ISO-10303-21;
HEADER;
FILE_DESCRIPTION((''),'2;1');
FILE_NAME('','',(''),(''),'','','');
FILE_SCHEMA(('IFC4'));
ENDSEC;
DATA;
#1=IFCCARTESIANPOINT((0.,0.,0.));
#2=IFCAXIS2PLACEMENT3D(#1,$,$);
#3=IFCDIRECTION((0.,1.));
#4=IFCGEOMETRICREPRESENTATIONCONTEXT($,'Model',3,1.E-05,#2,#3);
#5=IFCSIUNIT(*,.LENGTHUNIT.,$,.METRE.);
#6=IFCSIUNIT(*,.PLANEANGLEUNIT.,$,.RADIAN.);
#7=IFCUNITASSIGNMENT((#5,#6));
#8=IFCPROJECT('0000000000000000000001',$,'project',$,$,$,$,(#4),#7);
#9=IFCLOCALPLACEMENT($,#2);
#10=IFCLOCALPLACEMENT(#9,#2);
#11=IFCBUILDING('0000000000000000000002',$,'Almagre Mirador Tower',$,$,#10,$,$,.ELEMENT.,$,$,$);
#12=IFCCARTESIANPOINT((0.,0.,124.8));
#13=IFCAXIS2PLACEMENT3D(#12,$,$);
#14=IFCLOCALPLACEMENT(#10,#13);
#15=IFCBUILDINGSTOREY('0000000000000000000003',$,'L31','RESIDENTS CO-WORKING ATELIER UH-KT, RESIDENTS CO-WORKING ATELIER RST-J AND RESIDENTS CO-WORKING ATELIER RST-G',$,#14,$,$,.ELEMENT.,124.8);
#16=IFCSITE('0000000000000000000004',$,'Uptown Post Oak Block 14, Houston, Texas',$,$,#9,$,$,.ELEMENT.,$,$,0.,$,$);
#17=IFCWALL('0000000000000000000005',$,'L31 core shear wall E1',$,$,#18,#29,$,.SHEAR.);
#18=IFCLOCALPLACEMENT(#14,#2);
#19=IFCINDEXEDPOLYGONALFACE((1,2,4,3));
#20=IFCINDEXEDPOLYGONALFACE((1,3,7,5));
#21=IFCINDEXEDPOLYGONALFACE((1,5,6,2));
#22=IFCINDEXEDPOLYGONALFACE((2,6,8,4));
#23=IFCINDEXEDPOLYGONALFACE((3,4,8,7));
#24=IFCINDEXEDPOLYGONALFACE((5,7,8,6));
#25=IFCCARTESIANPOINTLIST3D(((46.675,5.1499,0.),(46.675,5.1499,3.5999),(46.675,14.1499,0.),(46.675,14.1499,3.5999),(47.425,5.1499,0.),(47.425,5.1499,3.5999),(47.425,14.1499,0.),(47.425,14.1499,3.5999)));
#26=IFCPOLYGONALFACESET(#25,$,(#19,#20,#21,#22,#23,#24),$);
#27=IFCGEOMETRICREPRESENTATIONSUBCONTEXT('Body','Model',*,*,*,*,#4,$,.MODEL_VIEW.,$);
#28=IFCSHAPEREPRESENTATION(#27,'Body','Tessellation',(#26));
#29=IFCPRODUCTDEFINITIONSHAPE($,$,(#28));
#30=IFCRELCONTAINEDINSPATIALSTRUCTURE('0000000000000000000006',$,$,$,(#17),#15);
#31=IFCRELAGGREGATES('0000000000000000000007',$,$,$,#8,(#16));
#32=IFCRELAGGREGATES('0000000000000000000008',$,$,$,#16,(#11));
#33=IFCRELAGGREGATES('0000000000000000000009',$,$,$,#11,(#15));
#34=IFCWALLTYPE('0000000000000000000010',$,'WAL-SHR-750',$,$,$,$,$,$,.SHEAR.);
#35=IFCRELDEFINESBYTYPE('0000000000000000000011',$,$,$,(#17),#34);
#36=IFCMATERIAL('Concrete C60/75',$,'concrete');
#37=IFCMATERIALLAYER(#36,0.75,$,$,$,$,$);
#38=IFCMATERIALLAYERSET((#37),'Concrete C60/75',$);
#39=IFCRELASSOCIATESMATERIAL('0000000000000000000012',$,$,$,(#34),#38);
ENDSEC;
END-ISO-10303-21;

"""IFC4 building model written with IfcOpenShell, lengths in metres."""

from ifc_helpers import new_model, si_unit, direction, frame, frame_2d, origin, place, context, subcontext, project, spatial, rectangle, extrude, material, layer, layer_set, type_object, element, save


model = new_model("IFC4")

# Units and contexts
model_context = context("Model", 3, precision=1e-05, world=origin(), true_north=direction((0.0, 1.0)))
body_context = subcontext(model_context, "Body", "Model", "MODEL_VIEW")
ifc_project = project(units=[si_unit("LENGTHUNIT", "METRE"), si_unit("PLANEANGLEUNIT", "RADIAN")], contexts=[model_context])

# Site, building, storey
site_placement = place(None, origin())
site = spatial("IfcSite", under=ifc_project, at=site_placement, Name="Uptown Post Oak Block 14, Houston, Texas", CompositionType="ELEMENT", RefElevation=0.0)
building_placement = place(site_placement, origin())
building = spatial("IfcBuilding", under=site, at=building_placement, Name="Almagre Mirador Tower", CompositionType="ELEMENT")
storey_placement = place(building_placement, frame((0.0, 0.0, 124.8)))
storey = spatial("IfcBuildingStorey", under=building, at=storey_placement, Name="L31", Description="RESIDENTS CO-WORKING ATELIER UH-KT, RESIDENTS CO-WORKING ATELIER RST-J AND RESIDENTS CO-WORKING ATELIER RST-G", CompositionType="ELEMENT", Elevation=124.8)

# Wall
ifc_material_1 = material(Name="Concrete C60/75", Category="concrete")
ifc_layer_1 = layer(ifc_material_1, 0.75)
ifc_layer_set_1 = layer_set([ifc_layer_1], Name="Concrete C60/75")
wall_type_1 = type_object("IfcWallType", Name="WAL-SHR-750", PredefinedType="SHEAR", material=ifc_layer_set_1)
wall_1_placement = place(storey_placement, frame((47.05, 5.1499, 0.0), z_axis=(0.0, 0.0, 1.0), x_axis=(0.0, 1.0, 0.0)))
element("IfcWall", 1, at=wall_1_placement, inside=storey, type_object=wall_type_1, Name="L31 core shear wall E1", PredefinedType="SHEAR", context=body_context, shape_type="SweptSolid", body=[
    extrude(rectangle(XDim=9.0, YDim=0.75, at=frame_2d((4.5, 0.0))), origin(), (0.0, 0.0, 1.0), 3.5999),
])

save(model, "model.ifc")
